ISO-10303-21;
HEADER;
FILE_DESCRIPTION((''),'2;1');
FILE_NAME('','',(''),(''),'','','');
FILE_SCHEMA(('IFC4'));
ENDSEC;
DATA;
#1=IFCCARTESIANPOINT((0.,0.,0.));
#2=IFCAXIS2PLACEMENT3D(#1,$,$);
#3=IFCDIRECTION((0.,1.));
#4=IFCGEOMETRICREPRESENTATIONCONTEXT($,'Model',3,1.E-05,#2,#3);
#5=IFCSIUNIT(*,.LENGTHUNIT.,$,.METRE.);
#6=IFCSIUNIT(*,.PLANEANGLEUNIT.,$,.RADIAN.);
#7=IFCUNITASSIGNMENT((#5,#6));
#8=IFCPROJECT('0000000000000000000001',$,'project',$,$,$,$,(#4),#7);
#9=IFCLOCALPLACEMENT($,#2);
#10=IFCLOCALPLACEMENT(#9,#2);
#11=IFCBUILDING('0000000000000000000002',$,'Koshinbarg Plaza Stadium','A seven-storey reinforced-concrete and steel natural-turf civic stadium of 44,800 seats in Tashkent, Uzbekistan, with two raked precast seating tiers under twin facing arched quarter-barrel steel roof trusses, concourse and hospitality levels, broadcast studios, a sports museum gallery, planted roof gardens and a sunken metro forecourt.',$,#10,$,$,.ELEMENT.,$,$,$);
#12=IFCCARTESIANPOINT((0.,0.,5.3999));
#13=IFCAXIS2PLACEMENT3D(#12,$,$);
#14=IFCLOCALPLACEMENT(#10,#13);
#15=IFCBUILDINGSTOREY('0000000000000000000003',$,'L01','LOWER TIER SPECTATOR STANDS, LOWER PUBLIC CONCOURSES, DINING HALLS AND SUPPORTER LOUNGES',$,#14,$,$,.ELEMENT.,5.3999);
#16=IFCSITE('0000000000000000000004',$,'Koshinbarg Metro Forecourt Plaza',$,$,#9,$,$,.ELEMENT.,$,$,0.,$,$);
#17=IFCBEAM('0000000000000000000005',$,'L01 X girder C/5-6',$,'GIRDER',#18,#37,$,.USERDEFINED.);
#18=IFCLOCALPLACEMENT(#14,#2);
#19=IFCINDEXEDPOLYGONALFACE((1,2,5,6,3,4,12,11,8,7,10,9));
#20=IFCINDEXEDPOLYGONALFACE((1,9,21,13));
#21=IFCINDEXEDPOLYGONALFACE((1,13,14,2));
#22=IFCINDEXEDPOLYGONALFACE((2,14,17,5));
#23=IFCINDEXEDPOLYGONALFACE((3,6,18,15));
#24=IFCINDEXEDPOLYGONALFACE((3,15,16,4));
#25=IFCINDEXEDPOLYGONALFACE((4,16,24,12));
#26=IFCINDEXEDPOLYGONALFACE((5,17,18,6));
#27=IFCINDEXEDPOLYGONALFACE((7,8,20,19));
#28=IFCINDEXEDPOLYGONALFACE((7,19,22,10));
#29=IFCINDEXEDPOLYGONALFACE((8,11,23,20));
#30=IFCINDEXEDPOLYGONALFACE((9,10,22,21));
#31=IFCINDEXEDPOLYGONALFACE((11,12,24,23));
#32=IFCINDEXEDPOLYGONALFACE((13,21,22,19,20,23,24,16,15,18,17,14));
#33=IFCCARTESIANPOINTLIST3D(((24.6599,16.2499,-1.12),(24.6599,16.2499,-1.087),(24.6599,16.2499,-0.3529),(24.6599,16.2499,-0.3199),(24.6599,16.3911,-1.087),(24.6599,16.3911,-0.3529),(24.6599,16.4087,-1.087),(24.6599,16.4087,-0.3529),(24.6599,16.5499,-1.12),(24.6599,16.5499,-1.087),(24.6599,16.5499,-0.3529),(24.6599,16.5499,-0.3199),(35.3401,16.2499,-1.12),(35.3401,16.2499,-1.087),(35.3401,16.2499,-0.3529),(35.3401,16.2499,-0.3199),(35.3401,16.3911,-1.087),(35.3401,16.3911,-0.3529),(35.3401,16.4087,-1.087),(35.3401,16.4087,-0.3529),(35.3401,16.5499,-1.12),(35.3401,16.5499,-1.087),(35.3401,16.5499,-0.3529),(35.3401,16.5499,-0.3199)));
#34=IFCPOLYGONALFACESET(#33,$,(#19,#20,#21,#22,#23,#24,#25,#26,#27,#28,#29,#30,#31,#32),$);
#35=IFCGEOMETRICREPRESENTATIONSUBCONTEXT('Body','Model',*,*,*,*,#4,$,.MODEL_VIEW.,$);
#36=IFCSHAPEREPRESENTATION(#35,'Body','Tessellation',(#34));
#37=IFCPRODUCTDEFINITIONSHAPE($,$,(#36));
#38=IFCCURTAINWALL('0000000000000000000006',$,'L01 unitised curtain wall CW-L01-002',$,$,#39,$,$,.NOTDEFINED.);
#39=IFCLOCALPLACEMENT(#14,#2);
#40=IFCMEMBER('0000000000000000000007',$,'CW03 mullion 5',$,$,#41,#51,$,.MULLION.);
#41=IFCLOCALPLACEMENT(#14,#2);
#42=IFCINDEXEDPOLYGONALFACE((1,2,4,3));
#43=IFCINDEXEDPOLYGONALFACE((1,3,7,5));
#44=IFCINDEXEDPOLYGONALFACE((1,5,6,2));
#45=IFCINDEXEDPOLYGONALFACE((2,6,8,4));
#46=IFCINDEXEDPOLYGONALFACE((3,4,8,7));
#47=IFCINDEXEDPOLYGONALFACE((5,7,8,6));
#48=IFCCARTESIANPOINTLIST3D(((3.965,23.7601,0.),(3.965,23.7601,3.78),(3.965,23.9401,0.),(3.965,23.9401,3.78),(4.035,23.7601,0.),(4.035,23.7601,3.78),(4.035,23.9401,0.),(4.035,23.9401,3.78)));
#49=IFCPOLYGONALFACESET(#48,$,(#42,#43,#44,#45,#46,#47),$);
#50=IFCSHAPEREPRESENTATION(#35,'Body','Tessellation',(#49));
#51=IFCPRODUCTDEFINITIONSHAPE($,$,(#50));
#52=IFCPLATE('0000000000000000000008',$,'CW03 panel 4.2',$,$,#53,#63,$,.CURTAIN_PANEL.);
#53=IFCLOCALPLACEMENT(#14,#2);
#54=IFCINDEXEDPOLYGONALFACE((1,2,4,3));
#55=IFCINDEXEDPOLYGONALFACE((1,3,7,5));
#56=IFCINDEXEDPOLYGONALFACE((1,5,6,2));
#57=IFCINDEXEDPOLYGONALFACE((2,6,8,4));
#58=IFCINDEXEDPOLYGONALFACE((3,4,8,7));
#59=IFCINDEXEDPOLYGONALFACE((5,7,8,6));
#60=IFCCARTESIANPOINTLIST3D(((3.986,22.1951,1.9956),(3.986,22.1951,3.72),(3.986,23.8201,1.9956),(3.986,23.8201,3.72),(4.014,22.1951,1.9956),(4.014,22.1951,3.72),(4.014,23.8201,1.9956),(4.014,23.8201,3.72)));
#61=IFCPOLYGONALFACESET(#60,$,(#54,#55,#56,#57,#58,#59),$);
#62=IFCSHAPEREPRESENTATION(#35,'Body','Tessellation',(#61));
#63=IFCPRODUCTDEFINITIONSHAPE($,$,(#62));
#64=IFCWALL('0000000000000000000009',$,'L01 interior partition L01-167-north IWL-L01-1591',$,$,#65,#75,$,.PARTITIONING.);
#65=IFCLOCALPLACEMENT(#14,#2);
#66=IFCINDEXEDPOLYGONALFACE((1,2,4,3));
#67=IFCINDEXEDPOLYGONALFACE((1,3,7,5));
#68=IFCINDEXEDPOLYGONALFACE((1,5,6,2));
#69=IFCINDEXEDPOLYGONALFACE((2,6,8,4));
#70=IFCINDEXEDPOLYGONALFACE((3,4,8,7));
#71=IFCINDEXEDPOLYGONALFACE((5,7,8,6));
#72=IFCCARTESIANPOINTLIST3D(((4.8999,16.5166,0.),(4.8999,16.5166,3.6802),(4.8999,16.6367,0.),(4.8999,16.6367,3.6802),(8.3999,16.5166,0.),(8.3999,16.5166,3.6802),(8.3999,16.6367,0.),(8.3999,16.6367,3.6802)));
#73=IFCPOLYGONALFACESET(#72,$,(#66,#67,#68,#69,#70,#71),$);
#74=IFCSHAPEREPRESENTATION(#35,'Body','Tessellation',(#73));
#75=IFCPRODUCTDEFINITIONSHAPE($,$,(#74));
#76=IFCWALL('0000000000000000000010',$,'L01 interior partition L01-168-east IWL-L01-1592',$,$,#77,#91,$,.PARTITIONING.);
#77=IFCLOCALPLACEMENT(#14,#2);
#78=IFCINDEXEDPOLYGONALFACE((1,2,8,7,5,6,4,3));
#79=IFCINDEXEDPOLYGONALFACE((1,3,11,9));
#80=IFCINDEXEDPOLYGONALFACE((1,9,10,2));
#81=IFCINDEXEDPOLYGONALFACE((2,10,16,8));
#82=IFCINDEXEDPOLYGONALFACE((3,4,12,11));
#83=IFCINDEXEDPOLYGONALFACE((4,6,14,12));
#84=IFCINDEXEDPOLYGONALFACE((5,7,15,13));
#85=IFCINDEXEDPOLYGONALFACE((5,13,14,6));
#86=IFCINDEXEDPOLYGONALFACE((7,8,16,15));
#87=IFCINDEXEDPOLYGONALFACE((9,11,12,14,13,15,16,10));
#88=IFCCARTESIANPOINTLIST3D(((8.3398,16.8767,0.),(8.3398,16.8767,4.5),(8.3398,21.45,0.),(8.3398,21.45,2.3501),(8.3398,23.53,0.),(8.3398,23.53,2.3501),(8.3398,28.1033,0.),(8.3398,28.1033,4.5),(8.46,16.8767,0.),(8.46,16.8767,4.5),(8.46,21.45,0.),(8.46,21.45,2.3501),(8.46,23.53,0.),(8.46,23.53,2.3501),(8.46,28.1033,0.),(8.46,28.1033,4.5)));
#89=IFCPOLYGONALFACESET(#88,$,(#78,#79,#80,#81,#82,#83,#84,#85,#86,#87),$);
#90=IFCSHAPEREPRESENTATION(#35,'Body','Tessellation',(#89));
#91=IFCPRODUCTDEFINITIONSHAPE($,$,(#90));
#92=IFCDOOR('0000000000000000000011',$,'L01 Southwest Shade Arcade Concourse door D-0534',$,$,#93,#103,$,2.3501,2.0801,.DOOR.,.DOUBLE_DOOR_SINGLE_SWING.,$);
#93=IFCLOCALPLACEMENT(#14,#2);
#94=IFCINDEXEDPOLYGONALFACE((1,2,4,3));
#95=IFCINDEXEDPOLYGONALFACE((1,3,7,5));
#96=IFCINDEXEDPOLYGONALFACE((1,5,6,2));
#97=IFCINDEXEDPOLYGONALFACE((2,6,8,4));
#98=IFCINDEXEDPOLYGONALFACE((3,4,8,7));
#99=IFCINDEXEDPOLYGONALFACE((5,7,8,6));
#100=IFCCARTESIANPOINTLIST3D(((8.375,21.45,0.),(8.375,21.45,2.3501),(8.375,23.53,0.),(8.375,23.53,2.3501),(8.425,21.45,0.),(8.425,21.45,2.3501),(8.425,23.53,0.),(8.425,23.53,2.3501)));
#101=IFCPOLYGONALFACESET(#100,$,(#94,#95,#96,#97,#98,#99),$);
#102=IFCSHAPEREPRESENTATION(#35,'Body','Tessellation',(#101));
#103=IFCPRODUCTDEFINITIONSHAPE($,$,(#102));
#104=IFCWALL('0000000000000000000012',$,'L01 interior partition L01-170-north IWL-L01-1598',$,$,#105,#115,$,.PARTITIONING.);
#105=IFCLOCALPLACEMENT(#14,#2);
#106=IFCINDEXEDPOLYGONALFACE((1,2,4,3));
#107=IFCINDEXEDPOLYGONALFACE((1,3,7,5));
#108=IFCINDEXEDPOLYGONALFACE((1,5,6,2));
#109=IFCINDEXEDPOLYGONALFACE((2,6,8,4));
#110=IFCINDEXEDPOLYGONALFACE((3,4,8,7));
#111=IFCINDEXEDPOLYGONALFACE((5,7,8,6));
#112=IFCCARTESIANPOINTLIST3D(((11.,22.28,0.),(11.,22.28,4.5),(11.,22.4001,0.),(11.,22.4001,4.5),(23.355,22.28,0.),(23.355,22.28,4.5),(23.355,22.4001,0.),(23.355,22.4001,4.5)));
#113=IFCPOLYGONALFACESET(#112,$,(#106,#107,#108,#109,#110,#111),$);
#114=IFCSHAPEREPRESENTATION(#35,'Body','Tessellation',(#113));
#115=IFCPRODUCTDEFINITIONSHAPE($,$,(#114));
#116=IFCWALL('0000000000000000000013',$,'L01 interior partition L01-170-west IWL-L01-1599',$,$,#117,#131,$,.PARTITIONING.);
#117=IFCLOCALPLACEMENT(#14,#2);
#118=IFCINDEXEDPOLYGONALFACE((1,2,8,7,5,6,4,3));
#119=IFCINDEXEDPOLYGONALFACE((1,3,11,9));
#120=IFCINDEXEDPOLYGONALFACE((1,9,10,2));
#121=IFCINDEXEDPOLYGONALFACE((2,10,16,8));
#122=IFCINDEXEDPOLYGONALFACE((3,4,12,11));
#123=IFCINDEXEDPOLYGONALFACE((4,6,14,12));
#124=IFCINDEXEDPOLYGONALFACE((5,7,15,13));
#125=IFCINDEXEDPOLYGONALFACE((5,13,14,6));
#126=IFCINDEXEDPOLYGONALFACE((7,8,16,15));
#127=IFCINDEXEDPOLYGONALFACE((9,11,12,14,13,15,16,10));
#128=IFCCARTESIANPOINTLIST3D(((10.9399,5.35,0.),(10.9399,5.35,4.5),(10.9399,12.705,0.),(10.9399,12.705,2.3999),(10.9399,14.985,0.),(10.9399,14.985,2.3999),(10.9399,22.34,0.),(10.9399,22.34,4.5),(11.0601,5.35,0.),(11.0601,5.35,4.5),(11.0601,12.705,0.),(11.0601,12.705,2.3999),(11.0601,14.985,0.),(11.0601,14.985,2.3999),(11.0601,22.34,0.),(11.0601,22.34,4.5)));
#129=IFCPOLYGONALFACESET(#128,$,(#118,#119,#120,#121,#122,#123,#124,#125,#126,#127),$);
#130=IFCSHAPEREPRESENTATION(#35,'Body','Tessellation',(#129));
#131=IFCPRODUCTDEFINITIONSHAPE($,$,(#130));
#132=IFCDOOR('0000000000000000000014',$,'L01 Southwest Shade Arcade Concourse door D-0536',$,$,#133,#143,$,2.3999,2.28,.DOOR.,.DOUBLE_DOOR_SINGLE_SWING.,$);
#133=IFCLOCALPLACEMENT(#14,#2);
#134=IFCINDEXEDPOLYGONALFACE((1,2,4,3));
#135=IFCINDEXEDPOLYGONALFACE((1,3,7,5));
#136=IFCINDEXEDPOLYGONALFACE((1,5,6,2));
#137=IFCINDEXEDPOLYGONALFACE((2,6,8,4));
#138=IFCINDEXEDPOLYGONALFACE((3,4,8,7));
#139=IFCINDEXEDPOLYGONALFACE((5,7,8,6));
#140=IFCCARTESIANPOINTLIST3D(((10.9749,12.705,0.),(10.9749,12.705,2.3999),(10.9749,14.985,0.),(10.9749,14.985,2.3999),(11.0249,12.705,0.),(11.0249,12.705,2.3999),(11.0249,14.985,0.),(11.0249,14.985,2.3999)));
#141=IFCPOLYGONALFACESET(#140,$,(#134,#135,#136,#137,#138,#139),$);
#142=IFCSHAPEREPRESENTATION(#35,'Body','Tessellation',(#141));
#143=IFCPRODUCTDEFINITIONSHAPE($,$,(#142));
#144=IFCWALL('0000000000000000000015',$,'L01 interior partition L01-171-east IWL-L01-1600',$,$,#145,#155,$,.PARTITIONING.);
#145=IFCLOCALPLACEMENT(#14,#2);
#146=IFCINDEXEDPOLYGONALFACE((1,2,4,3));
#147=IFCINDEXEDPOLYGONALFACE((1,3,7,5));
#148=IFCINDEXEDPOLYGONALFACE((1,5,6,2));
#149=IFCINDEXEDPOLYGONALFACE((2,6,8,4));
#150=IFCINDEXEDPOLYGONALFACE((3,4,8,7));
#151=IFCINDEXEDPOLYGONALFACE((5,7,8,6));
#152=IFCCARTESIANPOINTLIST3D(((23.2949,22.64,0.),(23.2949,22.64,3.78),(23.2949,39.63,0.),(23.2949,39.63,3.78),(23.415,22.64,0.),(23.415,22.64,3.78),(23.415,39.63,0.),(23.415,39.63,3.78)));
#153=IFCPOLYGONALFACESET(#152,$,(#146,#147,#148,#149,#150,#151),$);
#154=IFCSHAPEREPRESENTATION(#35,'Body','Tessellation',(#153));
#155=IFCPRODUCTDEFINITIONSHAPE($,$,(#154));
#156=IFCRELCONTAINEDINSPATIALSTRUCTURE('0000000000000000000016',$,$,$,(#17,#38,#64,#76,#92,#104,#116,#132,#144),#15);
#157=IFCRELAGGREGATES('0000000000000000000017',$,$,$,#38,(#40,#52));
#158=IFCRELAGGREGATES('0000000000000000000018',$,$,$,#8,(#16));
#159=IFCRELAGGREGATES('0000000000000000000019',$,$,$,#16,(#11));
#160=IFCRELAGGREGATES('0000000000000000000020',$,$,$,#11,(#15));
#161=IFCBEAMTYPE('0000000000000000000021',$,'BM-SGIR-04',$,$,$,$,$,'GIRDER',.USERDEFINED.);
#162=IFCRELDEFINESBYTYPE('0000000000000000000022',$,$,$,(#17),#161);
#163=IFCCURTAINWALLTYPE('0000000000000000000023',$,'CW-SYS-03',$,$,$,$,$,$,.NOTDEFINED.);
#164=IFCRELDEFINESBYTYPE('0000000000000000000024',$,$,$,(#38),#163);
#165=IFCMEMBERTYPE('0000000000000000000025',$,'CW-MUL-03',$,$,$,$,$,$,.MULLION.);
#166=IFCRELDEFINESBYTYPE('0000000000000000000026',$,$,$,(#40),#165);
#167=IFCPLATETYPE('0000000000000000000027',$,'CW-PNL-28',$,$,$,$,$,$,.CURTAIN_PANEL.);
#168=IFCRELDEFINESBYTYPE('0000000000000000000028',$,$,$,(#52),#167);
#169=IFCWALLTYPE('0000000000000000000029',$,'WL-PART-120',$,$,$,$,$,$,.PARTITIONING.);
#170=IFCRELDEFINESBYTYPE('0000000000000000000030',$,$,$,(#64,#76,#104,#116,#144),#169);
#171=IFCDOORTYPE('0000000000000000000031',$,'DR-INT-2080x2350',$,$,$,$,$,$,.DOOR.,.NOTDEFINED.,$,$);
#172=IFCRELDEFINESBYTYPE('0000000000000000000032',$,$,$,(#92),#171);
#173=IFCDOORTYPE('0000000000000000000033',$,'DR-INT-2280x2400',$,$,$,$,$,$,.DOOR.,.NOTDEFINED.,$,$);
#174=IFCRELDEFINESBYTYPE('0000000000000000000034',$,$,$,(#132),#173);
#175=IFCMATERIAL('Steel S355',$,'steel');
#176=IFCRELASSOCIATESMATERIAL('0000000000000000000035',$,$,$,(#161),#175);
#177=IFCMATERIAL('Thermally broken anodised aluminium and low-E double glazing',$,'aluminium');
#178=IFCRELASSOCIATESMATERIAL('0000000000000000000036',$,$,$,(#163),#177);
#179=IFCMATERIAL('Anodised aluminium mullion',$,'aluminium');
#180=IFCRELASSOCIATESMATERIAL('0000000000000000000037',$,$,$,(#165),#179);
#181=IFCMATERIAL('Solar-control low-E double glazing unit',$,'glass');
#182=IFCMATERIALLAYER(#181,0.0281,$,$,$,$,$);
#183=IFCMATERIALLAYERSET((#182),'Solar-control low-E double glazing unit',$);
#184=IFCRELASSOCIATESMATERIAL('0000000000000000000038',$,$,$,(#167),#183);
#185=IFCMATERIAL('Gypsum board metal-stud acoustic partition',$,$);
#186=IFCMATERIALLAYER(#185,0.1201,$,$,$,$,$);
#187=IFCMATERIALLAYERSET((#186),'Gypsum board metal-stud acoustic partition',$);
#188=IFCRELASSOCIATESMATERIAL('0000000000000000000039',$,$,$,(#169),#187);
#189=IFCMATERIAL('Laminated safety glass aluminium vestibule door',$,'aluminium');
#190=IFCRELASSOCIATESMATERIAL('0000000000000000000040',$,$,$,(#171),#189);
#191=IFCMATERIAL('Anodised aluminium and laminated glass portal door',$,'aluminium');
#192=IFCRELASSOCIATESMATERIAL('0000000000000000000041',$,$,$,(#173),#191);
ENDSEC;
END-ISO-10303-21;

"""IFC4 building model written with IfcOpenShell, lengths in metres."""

from ifc_helpers import new_model, si_unit, direction, frame, frame_2d, origin, origin_2d, place, context, subcontext, project, spatial, rectangle, i_section, extrude, material, layer, layer_set, material_profile, profile_set, type_object, element, fill, aggregate, save


model = new_model("IFC4")

# Units and contexts
model_context = context("Model", 3, precision=1e-05, world=origin(), true_north=direction((0.0, 1.0)))
body_context = subcontext(model_context, "Body", "Model", "MODEL_VIEW")
ifc_project = project(units=[si_unit("LENGTHUNIT", "METRE"), si_unit("PLANEANGLEUNIT", "RADIAN")], contexts=[model_context])

# Site, building, storey
site_placement = place(None, origin())
site = spatial("IfcSite", under=ifc_project, at=site_placement, Name="Koshinbarg Metro Forecourt Plaza", CompositionType="ELEMENT", RefElevation=0.0)
building_placement = place(site_placement, origin())
building = spatial("IfcBuilding", under=site, at=building_placement, Name="Koshinbarg Plaza Stadium", Description="A seven-storey reinforced-concrete and steel natural-turf civic stadium of 44,800 seats in Tashkent, Uzbekistan, with two raked precast seating tiers under twin facing arched quarter-barrel steel roof trusses, concourse and hospitality levels, broadcast studios, a sports museum gallery, planted roof gardens and a sunken metro forecourt.", CompositionType="ELEMENT")
storey_placement = place(building_placement, frame((0.0, 0.0, 5.3999)))
storey = spatial("IfcBuildingStorey", under=building, at=storey_placement, Name="L01", Description="LOWER TIER SPECTATOR STANDS, LOWER PUBLIC CONCOURSES, DINING HALLS AND SUPPORTER LOUNGES", CompositionType="ELEMENT", Elevation=5.3999)

# Shared definitions
ifc_material_1 = material(Name="Steel S355", Category="steel")

# Beam
ifc_material_profile_1 = material_profile(ifc_material_1, i_section(OverallWidth=0.3, OverallDepth=0.8, WebThickness=0.0176, FlangeThickness=0.033, at=origin_2d()), Name="HEB 800")
ifc_profile_set_1 = profile_set([ifc_material_profile_1], Name="Steel S355")
beam_type_1 = type_object("IfcBeamType", Name="BM-SGIR-04", ElementType="GIRDER", PredefinedType="USERDEFINED", material=ifc_profile_set_1)
beam_1_placement = place(storey_placement, frame((24.6599, 16.3999, -0.72), z_axis=(1.0, 0.0, 0.0), x_axis=(0.0, 1.0, 0.0)))
element("IfcBeam", 1, at=beam_1_placement, inside=storey, type_object=beam_type_1, Name="L01 X girder C/5-6", ObjectType="GIRDER", PredefinedType="USERDEFINED", context=body_context, shape_type="SweptSolid", body=[
    extrude(i_section(OverallWidth=0.3, OverallDepth=0.8, WebThickness=0.0176, FlangeThickness=0.033, at=origin_2d()), origin(), (0.0, 0.0, 1.0), 10.6802),
])

# Curtain wall, member, plate
ifc_material_2 = material(Name="Thermally broken anodised aluminium and low-E double glazing", Category="aluminium")
curtain_wall_type = type_object("IfcCurtainWallType", Name="CW-SYS-03", PredefinedType="NOTDEFINED", material=ifc_material_2)
curtain_wall_placement = place(storey_placement, origin())
curtain_wall = element("IfcCurtainWall", 2, at=curtain_wall_placement, inside=storey, type_object=curtain_wall_type, Name="L01 unitised curtain wall CW-L01-002", PredefinedType="NOTDEFINED")
ifc_material_3 = material(Name="Anodised aluminium mullion", Category="aluminium")
ifc_material_profile_2 = material_profile(ifc_material_3, rectangle(XDim=0.0701, YDim=0.1799, at=origin_2d()), Name="ALU 70x180")
ifc_profile_set_2 = profile_set([ifc_material_profile_2], Name="Anodised aluminium mullion")
member_type = type_object("IfcMemberType", Name="CW-MUL-03", PredefinedType="MULLION", material=ifc_profile_set_2)
member_placement = place(storey_placement, frame((4.0, 23.8501, 0.0), z_axis=(0.0, 0.0, 1.0), x_axis=(-1.0, 0.0, 0.0)))
member = element("IfcMember", 3, at=member_placement, type_object=member_type, Name="CW03 mullion 5", PredefinedType="MULLION", context=body_context, shape_type="SweptSolid", body=[
    extrude(rectangle(XDim=0.0701, YDim=0.1799, at=origin_2d()), origin(), (0.0, 0.0, 1.0), 3.78),
])
ifc_material_4 = material(Name="Solar-control low-E double glazing unit", Category="glass")
ifc_layer_1 = layer(ifc_material_4, 0.0281)
ifc_layer_set_1 = layer_set([ifc_layer_1], Name="Solar-control low-E double glazing unit")
plate_type = type_object("IfcPlateType", Name="CW-PNL-28", PredefinedType="CURTAIN_PANEL", material=ifc_layer_set_1)
plate_placement = place(storey_placement, frame((4.0, 23.0076, 1.9956), z_axis=(0.0, 0.0, 1.0), x_axis=(0.0, 1.0, 0.0)))
plate = element("IfcPlate", 4, at=plate_placement, type_object=plate_type, Name="CW03 panel 4.2", PredefinedType="CURTAIN_PANEL", context=body_context, shape_type="SweptSolid", body=[
    extrude(rectangle(XDim=1.625, YDim=0.0281, at=origin_2d()), origin(), (0.0, 0.0, 1.0), 1.7244),
])
aggregate(curtain_wall, [member, plate])

# Wall
ifc_material_5 = material(Name="Gypsum board metal-stud acoustic partition")
ifc_layer_2 = layer(ifc_material_5, 0.1201)
ifc_layer_set_2 = layer_set([ifc_layer_2], Name="Gypsum board metal-stud acoustic partition")
wall_type = type_object("IfcWallType", Name="WL-PART-120", PredefinedType="PARTITIONING", material=ifc_layer_set_2)
wall_1_placement = place(storey_placement, frame((8.3999, 16.5767, 0.0), z_axis=(0.0, 0.0, 1.0), x_axis=(-1.0, 0.0, 0.0)))
element("IfcWall", 5, at=wall_1_placement, inside=storey, type_object=wall_type, Name="L01 interior partition L01-167-north IWL-L01-1591", PredefinedType="PARTITIONING", context=body_context, shape_type="SweptSolid", body=[
    extrude(rectangle(XDim=3.5, YDim=0.1201, at=frame_2d((1.75, 0.0))), origin(), (0.0, 0.0, 1.0), 3.6802),
])

# Wall, opening, door
wall_2_placement = place(storey_placement, frame((8.3999, 16.8767, 0.0), z_axis=(0.0, 0.0, 1.0), x_axis=(0.0, 1.0, 0.0)))
wall_2 = element("IfcWall", 6, at=wall_2_placement, inside=storey, type_object=wall_type, Name="L01 interior partition L01-168-east IWL-L01-1592", PredefinedType="PARTITIONING", context=body_context, shape_type="SweptSolid", body=[
    extrude(rectangle(XDim=11.2266, YDim=0.1201, at=frame_2d((5.6133, 0.0))), origin(), (0.0, 0.0, 1.0), 4.5),
])
opening_1_placement = place(wall_2_placement, frame((4.5732, 0.0, 0.0)))
opening_1 = element("IfcOpeningElement", 7, at=opening_1_placement, cuts=wall_2, PredefinedType="OPENING", context=body_context, shape_type="SweptSolid", body=[
    extrude(rectangle(XDim=2.0801, YDim=2.3501, at=frame_2d((1.04, 1.175))), frame((0.0, 0.0701, 0.0), z_axis=(0.0, -1.0, 0.0), x_axis=(1.0, 0.0, 0.0)), (0.0, 0.0, 1.0), 0.1401),
])
ifc_material_6 = material(Name="Laminated safety glass aluminium vestibule door", Category="aluminium")
door_type_1 = type_object("IfcDoorType", Name="DR-INT-2080x2350", OperationType="NOTDEFINED", PredefinedType="DOOR", material=ifc_material_6)
door_1_placement = place(opening_1_placement, origin())
door_1 = element("IfcDoor", 8, at=door_1_placement, inside=storey, type_object=door_type_1, Name="L01 Southwest Shade Arcade Concourse door D-0534", OperationType="DOUBLE_DOOR_SINGLE_SWING", OverallHeight=2.3501, OverallWidth=2.0801, PredefinedType="DOOR", context=body_context, shape_type="SweptSolid", body=[
    extrude(rectangle(XDim=2.0801, YDim=2.3501, at=frame_2d((1.04, 1.175))), frame((0.0, 0.0249, 0.0), z_axis=(0.0, -1.0, 0.0), x_axis=(1.0, 0.0, 0.0)), (0.0, 0.0, 1.0), 0.05),
])
fill(opening_1, door_1)

# Wall
wall_3_placement = place(storey_placement, frame((23.355, 22.3401, 0.0), z_axis=(0.0, 0.0, 1.0), x_axis=(-1.0, 0.0, 0.0)))
element("IfcWall", 9, at=wall_3_placement, inside=storey, type_object=wall_type, Name="L01 interior partition L01-170-north IWL-L01-1598", PredefinedType="PARTITIONING", context=body_context, shape_type="SweptSolid", body=[
    extrude(rectangle(XDim=12.355, YDim=0.1201, at=frame_2d((6.1775, 0.0))), origin(), (0.0, 0.0, 1.0), 4.5),
])

# Wall, opening, door
wall_4_placement = place(storey_placement, frame((11.0, 22.3401, 0.0), z_axis=(0.0, 0.0, 1.0), x_axis=(0.0, -1.0, 0.0)))
wall_4 = element("IfcWall", 10, at=wall_4_placement, inside=storey, type_object=wall_type, Name="L01 interior partition L01-170-west IWL-L01-1599", PredefinedType="PARTITIONING", context=body_context, shape_type="SweptSolid", body=[
    extrude(rectangle(XDim=16.99, YDim=0.1201, at=frame_2d((8.4951, 0.0))), origin(), (0.0, 0.0, 1.0), 4.5),
])
opening_2_placement = place(wall_4_placement, frame((7.355, 0.0, 0.0)))
opening_2 = element("IfcOpeningElement", 11, at=opening_2_placement, cuts=wall_4, PredefinedType="OPENING", context=body_context, shape_type="SweptSolid", body=[
    extrude(rectangle(XDim=2.28, YDim=2.3999, at=frame_2d((1.1401, 1.2))), frame((0.0, 0.0701, 0.0), z_axis=(0.0, -1.0, 0.0), x_axis=(1.0, 0.0, 0.0)), (0.0, 0.0, 1.0), 0.1401),
])
ifc_material_7 = material(Name="Anodised aluminium and laminated glass portal door", Category="aluminium")
door_type_2 = type_object("IfcDoorType", Name="DR-INT-2280x2400", OperationType="NOTDEFINED", PredefinedType="DOOR", material=ifc_material_7)
door_2_placement = place(opening_2_placement, origin())
door_2 = element("IfcDoor", 12, at=door_2_placement, inside=storey, type_object=door_type_2, Name="L01 Southwest Shade Arcade Concourse door D-0536", OperationType="DOUBLE_DOOR_SINGLE_SWING", OverallHeight=2.3999, OverallWidth=2.28, PredefinedType="DOOR", context=body_context, shape_type="SweptSolid", body=[
    extrude(rectangle(XDim=2.28, YDim=2.3999, at=frame_2d((1.1401, 1.2))), frame((0.0, 0.0249, 0.0), z_axis=(0.0, -1.0, 0.0), x_axis=(1.0, 0.0, 0.0)), (0.0, 0.0, 1.0), 0.05),
])
fill(opening_2, door_2)

# Wall
wall_5_placement = place(storey_placement, frame((23.355, 22.6399, 0.0), z_axis=(0.0, 0.0, 1.0), x_axis=(0.0, 1.0, 0.0)))
element("IfcWall", 13, at=wall_5_placement, inside=storey, type_object=wall_type, Name="L01 interior partition L01-171-east IWL-L01-1600", PredefinedType="PARTITIONING", context=body_context, shape_type="SweptSolid", body=[
    extrude(rectangle(XDim=16.99, YDim=0.1201, at=frame_2d((8.4951, 0.0))), origin(), (0.0, 0.0, 1.0), 3.78),
])

save(model, "model.ifc")
